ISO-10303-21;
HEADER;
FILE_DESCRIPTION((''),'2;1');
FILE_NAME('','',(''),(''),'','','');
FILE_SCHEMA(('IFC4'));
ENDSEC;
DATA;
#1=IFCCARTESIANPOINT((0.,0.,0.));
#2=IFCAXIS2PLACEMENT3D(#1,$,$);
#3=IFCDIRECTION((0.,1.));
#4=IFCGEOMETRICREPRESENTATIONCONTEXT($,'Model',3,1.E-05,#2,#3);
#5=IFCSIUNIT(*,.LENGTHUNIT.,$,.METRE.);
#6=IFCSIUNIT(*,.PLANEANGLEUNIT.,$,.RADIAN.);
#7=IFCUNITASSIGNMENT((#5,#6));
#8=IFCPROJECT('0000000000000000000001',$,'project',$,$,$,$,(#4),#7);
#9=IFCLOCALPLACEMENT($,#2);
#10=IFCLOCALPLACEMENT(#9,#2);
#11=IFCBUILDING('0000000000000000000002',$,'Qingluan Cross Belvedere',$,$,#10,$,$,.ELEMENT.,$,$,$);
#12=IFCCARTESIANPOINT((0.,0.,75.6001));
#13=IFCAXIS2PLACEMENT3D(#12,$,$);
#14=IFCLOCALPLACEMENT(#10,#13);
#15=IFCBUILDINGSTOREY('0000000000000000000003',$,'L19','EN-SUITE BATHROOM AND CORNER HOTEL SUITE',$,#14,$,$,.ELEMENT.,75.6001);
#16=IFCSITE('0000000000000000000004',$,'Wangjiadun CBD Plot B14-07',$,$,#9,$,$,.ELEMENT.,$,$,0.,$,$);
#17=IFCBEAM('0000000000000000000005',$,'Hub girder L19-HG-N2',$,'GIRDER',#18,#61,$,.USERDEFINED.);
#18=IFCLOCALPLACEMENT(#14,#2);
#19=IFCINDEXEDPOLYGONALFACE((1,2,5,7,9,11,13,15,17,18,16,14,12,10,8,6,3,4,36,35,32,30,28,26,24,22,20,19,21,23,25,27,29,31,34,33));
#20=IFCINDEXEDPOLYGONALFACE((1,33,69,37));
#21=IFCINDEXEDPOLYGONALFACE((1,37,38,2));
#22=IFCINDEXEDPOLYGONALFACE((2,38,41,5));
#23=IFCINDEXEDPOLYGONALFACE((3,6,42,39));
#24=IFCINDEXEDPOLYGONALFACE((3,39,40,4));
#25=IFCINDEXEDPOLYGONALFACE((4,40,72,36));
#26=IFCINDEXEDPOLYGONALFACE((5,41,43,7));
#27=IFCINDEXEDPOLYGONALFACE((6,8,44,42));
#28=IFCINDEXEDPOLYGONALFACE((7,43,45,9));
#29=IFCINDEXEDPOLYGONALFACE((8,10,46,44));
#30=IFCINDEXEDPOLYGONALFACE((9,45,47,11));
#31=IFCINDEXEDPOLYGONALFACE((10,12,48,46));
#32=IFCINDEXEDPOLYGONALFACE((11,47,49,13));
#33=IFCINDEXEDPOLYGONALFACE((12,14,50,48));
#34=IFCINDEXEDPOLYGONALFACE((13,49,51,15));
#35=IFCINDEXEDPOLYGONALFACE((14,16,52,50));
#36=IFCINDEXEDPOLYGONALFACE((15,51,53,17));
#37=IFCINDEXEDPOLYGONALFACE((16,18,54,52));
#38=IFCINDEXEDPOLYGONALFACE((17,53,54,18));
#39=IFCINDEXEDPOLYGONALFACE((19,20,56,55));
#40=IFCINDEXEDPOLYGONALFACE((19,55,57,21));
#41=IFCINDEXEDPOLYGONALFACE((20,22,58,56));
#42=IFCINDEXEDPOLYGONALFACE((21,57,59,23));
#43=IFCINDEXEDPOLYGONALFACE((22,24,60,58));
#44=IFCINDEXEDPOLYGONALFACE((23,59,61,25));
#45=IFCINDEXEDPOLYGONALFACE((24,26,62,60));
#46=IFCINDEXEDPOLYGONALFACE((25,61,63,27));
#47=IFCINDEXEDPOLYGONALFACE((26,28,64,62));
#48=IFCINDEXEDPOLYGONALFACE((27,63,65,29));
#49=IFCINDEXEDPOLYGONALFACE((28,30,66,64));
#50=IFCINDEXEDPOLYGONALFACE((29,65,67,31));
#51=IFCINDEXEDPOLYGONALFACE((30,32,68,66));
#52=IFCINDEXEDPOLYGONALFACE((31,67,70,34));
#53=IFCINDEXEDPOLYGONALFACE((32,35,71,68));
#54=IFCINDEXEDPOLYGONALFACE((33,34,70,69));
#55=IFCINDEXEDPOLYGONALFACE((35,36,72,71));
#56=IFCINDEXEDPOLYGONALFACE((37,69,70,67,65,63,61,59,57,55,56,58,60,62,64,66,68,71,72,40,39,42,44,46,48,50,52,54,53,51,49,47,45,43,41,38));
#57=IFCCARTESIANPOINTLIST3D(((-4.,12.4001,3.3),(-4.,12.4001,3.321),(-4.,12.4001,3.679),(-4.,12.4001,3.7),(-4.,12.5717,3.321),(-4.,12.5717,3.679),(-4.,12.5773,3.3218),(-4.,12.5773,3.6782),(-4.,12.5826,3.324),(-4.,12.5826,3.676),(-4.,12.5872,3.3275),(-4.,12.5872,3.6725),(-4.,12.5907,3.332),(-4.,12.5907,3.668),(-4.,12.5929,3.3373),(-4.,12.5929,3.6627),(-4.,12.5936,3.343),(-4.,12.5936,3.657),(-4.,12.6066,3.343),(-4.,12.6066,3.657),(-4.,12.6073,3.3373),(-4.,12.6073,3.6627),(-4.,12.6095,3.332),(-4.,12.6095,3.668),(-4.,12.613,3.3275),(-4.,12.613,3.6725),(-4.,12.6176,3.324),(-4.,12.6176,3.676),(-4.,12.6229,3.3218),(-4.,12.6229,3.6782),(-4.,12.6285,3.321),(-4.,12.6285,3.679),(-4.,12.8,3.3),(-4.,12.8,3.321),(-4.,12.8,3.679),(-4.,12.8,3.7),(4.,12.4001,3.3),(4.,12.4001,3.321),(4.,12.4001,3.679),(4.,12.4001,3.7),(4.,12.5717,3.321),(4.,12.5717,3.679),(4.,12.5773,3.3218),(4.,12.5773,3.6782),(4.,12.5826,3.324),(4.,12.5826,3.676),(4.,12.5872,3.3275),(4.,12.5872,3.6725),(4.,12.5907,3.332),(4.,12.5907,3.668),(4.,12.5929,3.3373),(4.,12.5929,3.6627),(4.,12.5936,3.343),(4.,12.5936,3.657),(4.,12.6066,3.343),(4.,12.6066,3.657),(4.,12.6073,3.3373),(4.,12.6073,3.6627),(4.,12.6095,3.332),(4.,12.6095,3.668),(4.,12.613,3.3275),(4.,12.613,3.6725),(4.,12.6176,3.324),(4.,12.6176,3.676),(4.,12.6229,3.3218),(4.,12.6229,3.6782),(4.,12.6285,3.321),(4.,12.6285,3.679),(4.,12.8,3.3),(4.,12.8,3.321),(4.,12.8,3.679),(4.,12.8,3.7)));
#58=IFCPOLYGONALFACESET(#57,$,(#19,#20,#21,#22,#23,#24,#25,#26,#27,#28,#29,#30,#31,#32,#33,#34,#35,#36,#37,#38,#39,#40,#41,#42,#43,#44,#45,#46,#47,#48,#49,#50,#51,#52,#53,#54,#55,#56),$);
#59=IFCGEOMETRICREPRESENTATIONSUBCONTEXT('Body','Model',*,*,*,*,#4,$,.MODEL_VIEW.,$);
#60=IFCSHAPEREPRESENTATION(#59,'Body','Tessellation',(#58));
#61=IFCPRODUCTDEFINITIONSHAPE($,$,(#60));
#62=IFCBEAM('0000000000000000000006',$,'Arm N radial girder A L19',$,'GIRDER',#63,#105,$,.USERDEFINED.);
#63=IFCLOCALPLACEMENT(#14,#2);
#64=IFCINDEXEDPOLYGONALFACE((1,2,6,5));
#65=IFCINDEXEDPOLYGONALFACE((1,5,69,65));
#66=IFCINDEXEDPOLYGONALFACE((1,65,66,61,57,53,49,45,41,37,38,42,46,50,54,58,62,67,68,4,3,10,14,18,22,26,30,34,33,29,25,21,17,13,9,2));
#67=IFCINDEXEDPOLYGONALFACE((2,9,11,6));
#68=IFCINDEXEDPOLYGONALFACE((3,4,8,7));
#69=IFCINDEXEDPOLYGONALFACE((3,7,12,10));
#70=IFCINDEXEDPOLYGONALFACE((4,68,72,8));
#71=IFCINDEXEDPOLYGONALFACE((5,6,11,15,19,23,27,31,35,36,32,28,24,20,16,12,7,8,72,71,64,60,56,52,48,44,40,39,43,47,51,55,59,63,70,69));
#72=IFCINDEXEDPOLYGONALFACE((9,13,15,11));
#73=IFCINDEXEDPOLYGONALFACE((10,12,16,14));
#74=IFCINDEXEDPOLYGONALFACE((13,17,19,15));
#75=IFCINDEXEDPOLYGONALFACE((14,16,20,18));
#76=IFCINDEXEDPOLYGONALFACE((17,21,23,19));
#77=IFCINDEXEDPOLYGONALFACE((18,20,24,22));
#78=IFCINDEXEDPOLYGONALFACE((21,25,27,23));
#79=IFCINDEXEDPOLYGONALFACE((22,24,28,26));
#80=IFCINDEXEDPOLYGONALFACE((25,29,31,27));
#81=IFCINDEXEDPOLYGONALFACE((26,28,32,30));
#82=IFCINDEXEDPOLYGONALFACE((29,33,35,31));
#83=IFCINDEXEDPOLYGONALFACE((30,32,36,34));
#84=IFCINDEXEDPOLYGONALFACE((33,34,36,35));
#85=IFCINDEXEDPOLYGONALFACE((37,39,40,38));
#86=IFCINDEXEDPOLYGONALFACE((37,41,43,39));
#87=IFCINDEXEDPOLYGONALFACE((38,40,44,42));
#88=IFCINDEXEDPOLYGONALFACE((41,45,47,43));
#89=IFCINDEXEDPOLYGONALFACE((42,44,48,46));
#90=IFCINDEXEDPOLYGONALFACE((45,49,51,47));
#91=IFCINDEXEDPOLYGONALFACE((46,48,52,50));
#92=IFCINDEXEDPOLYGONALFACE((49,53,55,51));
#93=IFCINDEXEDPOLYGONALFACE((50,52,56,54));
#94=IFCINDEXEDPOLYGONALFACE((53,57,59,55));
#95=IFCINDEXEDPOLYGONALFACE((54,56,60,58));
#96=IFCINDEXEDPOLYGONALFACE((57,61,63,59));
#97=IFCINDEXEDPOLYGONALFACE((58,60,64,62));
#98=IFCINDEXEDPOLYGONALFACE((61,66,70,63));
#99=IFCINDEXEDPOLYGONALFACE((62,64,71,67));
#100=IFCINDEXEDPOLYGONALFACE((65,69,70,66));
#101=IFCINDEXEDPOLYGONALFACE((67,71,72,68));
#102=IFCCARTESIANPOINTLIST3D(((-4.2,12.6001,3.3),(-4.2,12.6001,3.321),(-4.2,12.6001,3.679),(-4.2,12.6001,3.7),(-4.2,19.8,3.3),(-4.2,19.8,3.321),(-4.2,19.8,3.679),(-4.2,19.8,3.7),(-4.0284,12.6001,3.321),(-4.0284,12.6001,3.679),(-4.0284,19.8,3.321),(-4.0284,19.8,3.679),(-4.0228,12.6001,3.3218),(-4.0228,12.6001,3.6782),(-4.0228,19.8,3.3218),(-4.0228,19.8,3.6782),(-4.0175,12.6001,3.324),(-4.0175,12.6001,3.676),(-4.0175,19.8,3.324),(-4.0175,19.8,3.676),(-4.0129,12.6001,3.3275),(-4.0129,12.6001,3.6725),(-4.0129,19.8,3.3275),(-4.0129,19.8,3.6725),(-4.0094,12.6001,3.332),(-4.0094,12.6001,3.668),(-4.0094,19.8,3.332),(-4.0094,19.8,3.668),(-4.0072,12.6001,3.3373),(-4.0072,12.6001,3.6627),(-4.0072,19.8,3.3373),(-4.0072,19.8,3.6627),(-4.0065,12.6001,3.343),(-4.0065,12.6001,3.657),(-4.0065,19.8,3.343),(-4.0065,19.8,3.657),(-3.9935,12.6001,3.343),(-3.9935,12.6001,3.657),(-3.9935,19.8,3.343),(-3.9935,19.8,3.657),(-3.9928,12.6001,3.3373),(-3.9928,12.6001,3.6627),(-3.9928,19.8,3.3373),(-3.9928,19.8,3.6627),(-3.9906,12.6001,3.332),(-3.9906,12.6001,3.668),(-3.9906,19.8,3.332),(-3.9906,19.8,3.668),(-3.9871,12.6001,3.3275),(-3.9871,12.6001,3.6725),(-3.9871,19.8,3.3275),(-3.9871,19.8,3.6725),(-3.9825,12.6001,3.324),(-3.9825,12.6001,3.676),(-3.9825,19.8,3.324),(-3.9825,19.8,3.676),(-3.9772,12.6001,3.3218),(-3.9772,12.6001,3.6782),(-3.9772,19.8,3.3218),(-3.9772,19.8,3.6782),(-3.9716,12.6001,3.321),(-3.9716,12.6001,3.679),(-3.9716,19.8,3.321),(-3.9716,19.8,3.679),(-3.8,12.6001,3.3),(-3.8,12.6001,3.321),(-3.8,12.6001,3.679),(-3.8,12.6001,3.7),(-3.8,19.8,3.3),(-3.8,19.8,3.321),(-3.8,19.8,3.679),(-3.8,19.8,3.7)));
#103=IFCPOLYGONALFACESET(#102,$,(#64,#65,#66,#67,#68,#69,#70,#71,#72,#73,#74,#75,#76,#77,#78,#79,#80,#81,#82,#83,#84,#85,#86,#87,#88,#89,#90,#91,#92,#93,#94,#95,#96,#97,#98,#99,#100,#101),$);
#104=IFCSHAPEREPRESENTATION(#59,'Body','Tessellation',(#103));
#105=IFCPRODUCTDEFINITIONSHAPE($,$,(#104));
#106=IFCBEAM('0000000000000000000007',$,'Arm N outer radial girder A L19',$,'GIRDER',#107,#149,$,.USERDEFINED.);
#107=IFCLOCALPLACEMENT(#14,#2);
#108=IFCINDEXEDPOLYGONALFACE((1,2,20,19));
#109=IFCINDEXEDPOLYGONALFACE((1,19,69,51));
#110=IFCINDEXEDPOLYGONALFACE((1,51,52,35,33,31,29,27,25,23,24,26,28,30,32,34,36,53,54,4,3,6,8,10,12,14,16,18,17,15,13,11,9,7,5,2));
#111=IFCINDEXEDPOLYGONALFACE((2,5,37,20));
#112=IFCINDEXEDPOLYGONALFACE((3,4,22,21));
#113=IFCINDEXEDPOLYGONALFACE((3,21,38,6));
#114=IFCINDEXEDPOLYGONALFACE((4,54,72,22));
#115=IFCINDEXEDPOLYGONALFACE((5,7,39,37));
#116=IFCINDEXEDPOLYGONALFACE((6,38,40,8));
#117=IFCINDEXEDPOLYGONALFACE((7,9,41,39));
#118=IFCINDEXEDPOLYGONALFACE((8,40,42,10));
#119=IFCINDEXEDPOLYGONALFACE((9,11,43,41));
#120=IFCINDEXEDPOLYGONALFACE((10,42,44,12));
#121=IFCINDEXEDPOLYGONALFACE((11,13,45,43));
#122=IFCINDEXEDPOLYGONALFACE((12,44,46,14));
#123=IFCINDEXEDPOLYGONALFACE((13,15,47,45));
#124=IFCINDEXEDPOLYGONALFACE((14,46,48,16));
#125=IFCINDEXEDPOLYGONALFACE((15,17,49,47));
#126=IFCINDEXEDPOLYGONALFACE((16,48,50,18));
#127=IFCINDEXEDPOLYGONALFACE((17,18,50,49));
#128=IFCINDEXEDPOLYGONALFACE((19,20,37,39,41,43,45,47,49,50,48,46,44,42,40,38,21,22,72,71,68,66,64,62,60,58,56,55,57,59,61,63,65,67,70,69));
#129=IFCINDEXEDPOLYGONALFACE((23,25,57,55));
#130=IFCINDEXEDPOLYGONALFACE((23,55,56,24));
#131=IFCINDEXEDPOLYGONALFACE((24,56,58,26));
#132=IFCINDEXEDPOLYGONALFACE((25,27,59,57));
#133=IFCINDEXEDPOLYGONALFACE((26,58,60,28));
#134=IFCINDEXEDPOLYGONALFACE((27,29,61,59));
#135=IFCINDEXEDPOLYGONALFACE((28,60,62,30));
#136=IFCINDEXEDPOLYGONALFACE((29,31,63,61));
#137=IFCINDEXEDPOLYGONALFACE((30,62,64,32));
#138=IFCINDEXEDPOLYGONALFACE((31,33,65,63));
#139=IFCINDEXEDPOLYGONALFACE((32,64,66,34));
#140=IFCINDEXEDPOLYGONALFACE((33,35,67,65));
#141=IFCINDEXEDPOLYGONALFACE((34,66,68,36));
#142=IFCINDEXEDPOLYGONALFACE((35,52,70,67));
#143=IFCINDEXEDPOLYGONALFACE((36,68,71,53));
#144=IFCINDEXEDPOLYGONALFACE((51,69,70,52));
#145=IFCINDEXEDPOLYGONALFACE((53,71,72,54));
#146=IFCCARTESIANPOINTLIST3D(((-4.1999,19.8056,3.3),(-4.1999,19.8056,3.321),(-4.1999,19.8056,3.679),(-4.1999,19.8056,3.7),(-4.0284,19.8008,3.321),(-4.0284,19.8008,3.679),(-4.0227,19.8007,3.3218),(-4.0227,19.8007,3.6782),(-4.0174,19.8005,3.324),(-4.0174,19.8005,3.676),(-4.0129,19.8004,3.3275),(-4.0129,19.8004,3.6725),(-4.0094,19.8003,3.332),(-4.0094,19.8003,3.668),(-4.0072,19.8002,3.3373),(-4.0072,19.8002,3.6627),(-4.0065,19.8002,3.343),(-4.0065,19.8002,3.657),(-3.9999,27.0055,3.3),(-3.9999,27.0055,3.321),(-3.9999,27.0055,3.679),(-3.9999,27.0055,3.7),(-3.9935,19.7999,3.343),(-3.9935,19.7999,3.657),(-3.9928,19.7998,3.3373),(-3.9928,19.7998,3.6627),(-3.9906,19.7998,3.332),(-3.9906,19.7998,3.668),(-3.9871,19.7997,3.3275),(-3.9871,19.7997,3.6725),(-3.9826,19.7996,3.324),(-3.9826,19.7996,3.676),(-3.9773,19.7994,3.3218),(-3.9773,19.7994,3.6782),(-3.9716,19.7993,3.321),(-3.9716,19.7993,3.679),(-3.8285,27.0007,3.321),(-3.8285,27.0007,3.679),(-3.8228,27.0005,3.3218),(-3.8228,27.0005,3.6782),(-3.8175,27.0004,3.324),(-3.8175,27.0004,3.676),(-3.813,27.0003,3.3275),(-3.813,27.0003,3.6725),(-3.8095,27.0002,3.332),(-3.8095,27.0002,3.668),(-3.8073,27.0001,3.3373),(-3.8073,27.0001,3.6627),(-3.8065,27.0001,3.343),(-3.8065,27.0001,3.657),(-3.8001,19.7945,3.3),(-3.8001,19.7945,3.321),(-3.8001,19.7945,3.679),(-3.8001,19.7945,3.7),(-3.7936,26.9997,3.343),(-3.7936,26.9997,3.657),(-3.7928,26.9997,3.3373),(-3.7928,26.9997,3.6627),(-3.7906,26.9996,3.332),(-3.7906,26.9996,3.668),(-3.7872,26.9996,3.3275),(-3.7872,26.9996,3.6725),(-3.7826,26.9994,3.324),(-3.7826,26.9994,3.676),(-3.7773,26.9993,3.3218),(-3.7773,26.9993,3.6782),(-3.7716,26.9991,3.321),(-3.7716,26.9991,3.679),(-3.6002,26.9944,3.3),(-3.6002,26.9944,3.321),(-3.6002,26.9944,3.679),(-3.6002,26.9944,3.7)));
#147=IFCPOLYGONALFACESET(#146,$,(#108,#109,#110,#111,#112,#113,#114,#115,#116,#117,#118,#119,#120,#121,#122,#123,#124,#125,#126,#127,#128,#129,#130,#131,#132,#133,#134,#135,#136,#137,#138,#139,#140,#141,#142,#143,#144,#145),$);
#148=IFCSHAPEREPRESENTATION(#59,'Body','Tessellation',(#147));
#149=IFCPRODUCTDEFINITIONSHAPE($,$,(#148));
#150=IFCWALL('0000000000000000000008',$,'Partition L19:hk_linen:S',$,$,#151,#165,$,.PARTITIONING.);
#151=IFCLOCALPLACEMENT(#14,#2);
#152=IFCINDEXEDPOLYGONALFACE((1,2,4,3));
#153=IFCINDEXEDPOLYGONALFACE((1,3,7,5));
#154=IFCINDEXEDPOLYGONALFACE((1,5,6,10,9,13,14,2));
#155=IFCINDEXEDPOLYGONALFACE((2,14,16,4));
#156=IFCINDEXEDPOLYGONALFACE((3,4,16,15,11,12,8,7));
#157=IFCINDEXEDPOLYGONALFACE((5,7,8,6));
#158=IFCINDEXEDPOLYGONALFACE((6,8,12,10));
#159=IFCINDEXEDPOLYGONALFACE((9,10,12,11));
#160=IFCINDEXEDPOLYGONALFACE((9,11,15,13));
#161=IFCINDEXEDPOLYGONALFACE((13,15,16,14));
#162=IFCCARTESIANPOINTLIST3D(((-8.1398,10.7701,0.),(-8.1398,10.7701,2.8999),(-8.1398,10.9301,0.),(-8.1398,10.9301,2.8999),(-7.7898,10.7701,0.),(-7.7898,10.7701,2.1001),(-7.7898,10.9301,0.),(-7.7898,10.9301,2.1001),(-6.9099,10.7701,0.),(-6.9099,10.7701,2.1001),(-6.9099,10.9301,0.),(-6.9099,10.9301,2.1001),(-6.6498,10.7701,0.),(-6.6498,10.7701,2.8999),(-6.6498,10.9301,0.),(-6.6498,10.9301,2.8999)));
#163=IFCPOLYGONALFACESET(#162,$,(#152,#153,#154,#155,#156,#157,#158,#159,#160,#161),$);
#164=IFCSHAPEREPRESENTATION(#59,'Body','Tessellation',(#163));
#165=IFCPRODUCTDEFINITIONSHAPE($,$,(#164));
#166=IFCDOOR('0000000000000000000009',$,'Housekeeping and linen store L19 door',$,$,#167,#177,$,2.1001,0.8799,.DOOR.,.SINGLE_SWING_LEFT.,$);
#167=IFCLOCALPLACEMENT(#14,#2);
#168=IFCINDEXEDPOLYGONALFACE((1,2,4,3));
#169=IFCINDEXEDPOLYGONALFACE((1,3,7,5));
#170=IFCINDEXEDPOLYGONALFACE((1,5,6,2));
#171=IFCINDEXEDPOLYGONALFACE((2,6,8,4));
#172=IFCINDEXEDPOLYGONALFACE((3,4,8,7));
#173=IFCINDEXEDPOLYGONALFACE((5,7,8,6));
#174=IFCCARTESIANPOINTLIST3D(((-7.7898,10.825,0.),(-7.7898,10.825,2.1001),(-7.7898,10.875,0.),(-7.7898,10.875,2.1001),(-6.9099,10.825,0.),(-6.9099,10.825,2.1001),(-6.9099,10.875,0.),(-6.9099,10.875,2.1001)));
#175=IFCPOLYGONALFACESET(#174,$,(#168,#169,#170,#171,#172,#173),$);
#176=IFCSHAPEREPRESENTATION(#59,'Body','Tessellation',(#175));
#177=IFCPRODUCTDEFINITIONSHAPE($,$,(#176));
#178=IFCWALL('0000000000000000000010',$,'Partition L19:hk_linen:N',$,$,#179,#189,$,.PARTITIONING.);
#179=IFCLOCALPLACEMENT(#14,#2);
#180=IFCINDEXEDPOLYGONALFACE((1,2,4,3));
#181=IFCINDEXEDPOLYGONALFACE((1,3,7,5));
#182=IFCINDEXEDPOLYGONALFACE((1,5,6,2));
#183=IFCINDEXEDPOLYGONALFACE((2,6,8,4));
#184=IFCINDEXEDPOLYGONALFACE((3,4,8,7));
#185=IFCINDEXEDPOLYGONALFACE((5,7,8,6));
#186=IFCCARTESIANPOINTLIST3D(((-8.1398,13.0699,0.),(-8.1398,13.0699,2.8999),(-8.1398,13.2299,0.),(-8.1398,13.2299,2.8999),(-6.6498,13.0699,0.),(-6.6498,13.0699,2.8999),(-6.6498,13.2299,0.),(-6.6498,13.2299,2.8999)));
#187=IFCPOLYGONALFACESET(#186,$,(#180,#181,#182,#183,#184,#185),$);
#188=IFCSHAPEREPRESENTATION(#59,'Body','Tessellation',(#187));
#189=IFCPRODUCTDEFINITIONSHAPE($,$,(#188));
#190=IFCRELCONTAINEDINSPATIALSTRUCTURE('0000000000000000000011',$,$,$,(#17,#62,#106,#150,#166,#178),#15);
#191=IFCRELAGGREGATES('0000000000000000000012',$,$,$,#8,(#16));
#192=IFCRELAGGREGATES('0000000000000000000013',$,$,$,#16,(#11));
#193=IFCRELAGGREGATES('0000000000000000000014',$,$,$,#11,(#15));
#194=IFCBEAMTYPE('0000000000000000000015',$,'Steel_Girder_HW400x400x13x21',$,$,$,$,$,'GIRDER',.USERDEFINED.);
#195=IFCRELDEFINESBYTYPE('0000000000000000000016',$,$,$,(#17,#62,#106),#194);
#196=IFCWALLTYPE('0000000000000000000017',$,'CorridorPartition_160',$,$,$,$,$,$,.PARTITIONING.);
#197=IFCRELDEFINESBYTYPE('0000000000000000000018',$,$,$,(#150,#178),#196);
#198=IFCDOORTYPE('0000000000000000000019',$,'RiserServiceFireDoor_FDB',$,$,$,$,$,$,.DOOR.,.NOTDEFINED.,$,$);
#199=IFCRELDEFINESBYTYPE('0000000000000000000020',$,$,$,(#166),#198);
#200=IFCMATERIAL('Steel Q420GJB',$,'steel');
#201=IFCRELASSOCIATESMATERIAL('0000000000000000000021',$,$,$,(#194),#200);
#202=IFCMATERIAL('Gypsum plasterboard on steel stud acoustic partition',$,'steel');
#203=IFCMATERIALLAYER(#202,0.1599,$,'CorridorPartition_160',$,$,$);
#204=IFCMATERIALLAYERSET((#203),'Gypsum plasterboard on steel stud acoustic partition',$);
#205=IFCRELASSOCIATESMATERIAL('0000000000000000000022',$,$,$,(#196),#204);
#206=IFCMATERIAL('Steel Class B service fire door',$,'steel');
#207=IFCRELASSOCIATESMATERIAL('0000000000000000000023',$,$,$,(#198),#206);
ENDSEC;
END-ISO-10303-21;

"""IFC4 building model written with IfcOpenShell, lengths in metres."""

from ifc_helpers import new_model, si_unit, direction, frame, frame_2d, origin, origin_2d, place, context, subcontext, project, spatial, rectangle, i_section, extrude, material, layer, layer_set, material_profile, profile_set, type_object, element, fill, save


model = new_model("IFC4")

# Units and contexts
model_context = context("Model", 3, precision=1e-05, world=origin(), true_north=direction((0.0, 1.0)))
body_context = subcontext(model_context, "Body", "Model", "MODEL_VIEW")
ifc_project = project(units=[si_unit("LENGTHUNIT", "METRE"), si_unit("PLANEANGLEUNIT", "RADIAN")], contexts=[model_context])

# Site, building, storey
site_placement = place(None, origin())
site = spatial("IfcSite", under=ifc_project, at=site_placement, Name="Wangjiadun CBD Plot B14-07", CompositionType="ELEMENT", RefElevation=0.0)
building_placement = place(site_placement, origin())
building = spatial("IfcBuilding", under=site, at=building_placement, Name="Qingluan Cross Belvedere", CompositionType="ELEMENT")
storey_placement = place(building_placement, frame((0.0, 0.0, 75.6001)))
storey = spatial("IfcBuildingStorey", under=building, at=storey_placement, Name="L19", Description="EN-SUITE BATHROOM AND CORNER HOTEL SUITE", CompositionType="ELEMENT", Elevation=75.6001)

# Beams
ifc_material_1 = material(Name="Steel Q420GJB", Category="steel")
ifc_material_profile_1 = material_profile(ifc_material_1, i_section(OverallWidth=0.3999, OverallDepth=0.3999, WebThickness=0.0129, FlangeThickness=0.021, FilletRadius=0.022, at=origin_2d()), Name="HW400x400x13x21")
ifc_profile_set_1 = profile_set([ifc_material_profile_1], Name="Steel Q420GJB")
beam_type_1 = type_object("IfcBeamType", Name="Steel_Girder_HW400x400x13x21", ElementType="GIRDER", PredefinedType="USERDEFINED", material=ifc_profile_set_1)
beam_1_placement = place(storey_placement, frame((-4.0, 12.6001, 3.5), z_axis=(1.0, 0.0, 0.0), x_axis=(0.0, 1.0, 0.0)))
element("IfcBeam", 1, at=beam_1_placement, inside=storey, type_object=beam_type_1, Name="Hub girder L19-HG-N2", ObjectType="GIRDER", PredefinedType="USERDEFINED", context=body_context, shape_type="SweptSolid", body=[
    extrude(i_section(OverallWidth=0.3999, OverallDepth=0.3999, WebThickness=0.0129, FlangeThickness=0.021, FilletRadius=0.022, at=origin_2d()), origin(), (0.0, 0.0, 1.0), 8.0),
])
beam_2_placement = place(storey_placement, frame((-4.0, 12.6001, 3.5), z_axis=(0.0, 1.0, 0.0), x_axis=(-1.0, 0.0, 0.0)))
element("IfcBeam", 2, at=beam_2_placement, inside=storey, type_object=beam_type_1, Name="Arm N radial girder A L19", ObjectType="GIRDER", PredefinedType="USERDEFINED", context=body_context, shape_type="SweptSolid", body=[
    extrude(i_section(OverallWidth=0.3999, OverallDepth=0.3999, WebThickness=0.0129, FlangeThickness=0.021, FilletRadius=0.022, at=origin_2d()), origin(), (0.0, 0.0, 1.0), 7.2),
])
beam_3_placement = place(storey_placement, frame((-4.0, 19.8, 3.5), z_axis=(0.02776, 0.999615, 0.0), x_axis=(-0.999615, 0.02776, 0.0)))
element("IfcBeam", 3, at=beam_3_placement, inside=storey, type_object=beam_type_1, Name="Arm N outer radial girder A L19", ObjectType="GIRDER", PredefinedType="USERDEFINED", context=body_context, shape_type="SweptSolid", body=[
    extrude(i_section(OverallWidth=0.3999, OverallDepth=0.3999, WebThickness=0.0129, FlangeThickness=0.021, FilletRadius=0.022, at=origin_2d()), origin(), (0.0, 0.0, 1.0), 7.2026),
])

# Wall, opening, door
ifc_material_2 = material(Name="Gypsum plasterboard on steel stud acoustic partition", Category="steel")
ifc_layer_1 = layer(ifc_material_2, 0.1599, Name="CorridorPartition_160")
ifc_layer_set_1 = layer_set([ifc_layer_1], Name="Gypsum plasterboard on steel stud acoustic partition")
wall_type_1 = type_object("IfcWallType", Name="CorridorPartition_160", PredefinedType="PARTITIONING", material=ifc_layer_set_1)
wall_1_placement = place(storey_placement, frame((-8.1399, 10.8501, 0.0), z_axis=(0.0, 0.0, 1.0), x_axis=(1.0, 0.0, 0.0)))
wall_1 = element("IfcWall", 4, at=wall_1_placement, inside=storey, type_object=wall_type_1, Name="Partition L19:hk_linen:S", PredefinedType="PARTITIONING", context=body_context, shape_type="SweptSolid", body=[
    extrude(rectangle(XDim=1.49, YDim=0.1599, at=frame_2d((0.7451, 0.0))), origin(), (0.0, 0.0, 1.0), 2.8999),
])
opening_1_placement = place(wall_1_placement, frame((0.3501, 0.0, 0.0)))
opening_1 = element("IfcOpeningElement", 5, at=opening_1_placement, cuts=wall_1, PredefinedType="OPENING", context=body_context, shape_type="SweptSolid", body=[
    extrude(rectangle(XDim=0.8799, YDim=2.1001, at=frame_2d((0.4399, 1.05))), frame((0.0, 0.0898, 0.0), z_axis=(0.0, -1.0, 0.0), x_axis=(1.0, 0.0, 0.0)), (0.0, 0.0, 1.0), 0.1799),
])
ifc_material_3 = material(Name="Steel Class B service fire door", Category="steel")
door_type_1 = type_object("IfcDoorType", Name="RiserServiceFireDoor_FDB", OperationType="NOTDEFINED", PredefinedType="DOOR", material=ifc_material_3)
door_1_placement = place(opening_1_placement, origin())
door_1 = element("IfcDoor", 6, at=door_1_placement, inside=storey, type_object=door_type_1, Name="Housekeeping and linen store L19 door", OperationType="SINGLE_SWING_LEFT", OverallHeight=2.1001, OverallWidth=0.8799, PredefinedType="DOOR", context=body_context, shape_type="SweptSolid", body=[
    extrude(rectangle(XDim=0.8799, YDim=2.1001, at=frame_2d((0.4399, 1.05))), frame((0.0, 0.0249, 0.0), z_axis=(0.0, -1.0, 0.0), x_axis=(1.0, 0.0, 0.0)), (0.0, 0.0, 1.0), 0.05),
])
fill(opening_1, door_1)

# Wall
wall_2_placement = place(storey_placement, frame((-8.1399, 13.1499, 0.0), z_axis=(0.0, 0.0, 1.0), x_axis=(1.0, 0.0, 0.0)))
element("IfcWall", 7, at=wall_2_placement, inside=storey, type_object=wall_type_1, Name="Partition L19:hk_linen:N", PredefinedType="PARTITIONING", context=body_context, shape_type="SweptSolid", body=[
    extrude(rectangle(XDim=1.49, YDim=0.1599, at=frame_2d((0.7451, 0.0))), origin(), (0.0, 0.0, 1.0), 2.8999),
])

save(model, "model.ifc")
